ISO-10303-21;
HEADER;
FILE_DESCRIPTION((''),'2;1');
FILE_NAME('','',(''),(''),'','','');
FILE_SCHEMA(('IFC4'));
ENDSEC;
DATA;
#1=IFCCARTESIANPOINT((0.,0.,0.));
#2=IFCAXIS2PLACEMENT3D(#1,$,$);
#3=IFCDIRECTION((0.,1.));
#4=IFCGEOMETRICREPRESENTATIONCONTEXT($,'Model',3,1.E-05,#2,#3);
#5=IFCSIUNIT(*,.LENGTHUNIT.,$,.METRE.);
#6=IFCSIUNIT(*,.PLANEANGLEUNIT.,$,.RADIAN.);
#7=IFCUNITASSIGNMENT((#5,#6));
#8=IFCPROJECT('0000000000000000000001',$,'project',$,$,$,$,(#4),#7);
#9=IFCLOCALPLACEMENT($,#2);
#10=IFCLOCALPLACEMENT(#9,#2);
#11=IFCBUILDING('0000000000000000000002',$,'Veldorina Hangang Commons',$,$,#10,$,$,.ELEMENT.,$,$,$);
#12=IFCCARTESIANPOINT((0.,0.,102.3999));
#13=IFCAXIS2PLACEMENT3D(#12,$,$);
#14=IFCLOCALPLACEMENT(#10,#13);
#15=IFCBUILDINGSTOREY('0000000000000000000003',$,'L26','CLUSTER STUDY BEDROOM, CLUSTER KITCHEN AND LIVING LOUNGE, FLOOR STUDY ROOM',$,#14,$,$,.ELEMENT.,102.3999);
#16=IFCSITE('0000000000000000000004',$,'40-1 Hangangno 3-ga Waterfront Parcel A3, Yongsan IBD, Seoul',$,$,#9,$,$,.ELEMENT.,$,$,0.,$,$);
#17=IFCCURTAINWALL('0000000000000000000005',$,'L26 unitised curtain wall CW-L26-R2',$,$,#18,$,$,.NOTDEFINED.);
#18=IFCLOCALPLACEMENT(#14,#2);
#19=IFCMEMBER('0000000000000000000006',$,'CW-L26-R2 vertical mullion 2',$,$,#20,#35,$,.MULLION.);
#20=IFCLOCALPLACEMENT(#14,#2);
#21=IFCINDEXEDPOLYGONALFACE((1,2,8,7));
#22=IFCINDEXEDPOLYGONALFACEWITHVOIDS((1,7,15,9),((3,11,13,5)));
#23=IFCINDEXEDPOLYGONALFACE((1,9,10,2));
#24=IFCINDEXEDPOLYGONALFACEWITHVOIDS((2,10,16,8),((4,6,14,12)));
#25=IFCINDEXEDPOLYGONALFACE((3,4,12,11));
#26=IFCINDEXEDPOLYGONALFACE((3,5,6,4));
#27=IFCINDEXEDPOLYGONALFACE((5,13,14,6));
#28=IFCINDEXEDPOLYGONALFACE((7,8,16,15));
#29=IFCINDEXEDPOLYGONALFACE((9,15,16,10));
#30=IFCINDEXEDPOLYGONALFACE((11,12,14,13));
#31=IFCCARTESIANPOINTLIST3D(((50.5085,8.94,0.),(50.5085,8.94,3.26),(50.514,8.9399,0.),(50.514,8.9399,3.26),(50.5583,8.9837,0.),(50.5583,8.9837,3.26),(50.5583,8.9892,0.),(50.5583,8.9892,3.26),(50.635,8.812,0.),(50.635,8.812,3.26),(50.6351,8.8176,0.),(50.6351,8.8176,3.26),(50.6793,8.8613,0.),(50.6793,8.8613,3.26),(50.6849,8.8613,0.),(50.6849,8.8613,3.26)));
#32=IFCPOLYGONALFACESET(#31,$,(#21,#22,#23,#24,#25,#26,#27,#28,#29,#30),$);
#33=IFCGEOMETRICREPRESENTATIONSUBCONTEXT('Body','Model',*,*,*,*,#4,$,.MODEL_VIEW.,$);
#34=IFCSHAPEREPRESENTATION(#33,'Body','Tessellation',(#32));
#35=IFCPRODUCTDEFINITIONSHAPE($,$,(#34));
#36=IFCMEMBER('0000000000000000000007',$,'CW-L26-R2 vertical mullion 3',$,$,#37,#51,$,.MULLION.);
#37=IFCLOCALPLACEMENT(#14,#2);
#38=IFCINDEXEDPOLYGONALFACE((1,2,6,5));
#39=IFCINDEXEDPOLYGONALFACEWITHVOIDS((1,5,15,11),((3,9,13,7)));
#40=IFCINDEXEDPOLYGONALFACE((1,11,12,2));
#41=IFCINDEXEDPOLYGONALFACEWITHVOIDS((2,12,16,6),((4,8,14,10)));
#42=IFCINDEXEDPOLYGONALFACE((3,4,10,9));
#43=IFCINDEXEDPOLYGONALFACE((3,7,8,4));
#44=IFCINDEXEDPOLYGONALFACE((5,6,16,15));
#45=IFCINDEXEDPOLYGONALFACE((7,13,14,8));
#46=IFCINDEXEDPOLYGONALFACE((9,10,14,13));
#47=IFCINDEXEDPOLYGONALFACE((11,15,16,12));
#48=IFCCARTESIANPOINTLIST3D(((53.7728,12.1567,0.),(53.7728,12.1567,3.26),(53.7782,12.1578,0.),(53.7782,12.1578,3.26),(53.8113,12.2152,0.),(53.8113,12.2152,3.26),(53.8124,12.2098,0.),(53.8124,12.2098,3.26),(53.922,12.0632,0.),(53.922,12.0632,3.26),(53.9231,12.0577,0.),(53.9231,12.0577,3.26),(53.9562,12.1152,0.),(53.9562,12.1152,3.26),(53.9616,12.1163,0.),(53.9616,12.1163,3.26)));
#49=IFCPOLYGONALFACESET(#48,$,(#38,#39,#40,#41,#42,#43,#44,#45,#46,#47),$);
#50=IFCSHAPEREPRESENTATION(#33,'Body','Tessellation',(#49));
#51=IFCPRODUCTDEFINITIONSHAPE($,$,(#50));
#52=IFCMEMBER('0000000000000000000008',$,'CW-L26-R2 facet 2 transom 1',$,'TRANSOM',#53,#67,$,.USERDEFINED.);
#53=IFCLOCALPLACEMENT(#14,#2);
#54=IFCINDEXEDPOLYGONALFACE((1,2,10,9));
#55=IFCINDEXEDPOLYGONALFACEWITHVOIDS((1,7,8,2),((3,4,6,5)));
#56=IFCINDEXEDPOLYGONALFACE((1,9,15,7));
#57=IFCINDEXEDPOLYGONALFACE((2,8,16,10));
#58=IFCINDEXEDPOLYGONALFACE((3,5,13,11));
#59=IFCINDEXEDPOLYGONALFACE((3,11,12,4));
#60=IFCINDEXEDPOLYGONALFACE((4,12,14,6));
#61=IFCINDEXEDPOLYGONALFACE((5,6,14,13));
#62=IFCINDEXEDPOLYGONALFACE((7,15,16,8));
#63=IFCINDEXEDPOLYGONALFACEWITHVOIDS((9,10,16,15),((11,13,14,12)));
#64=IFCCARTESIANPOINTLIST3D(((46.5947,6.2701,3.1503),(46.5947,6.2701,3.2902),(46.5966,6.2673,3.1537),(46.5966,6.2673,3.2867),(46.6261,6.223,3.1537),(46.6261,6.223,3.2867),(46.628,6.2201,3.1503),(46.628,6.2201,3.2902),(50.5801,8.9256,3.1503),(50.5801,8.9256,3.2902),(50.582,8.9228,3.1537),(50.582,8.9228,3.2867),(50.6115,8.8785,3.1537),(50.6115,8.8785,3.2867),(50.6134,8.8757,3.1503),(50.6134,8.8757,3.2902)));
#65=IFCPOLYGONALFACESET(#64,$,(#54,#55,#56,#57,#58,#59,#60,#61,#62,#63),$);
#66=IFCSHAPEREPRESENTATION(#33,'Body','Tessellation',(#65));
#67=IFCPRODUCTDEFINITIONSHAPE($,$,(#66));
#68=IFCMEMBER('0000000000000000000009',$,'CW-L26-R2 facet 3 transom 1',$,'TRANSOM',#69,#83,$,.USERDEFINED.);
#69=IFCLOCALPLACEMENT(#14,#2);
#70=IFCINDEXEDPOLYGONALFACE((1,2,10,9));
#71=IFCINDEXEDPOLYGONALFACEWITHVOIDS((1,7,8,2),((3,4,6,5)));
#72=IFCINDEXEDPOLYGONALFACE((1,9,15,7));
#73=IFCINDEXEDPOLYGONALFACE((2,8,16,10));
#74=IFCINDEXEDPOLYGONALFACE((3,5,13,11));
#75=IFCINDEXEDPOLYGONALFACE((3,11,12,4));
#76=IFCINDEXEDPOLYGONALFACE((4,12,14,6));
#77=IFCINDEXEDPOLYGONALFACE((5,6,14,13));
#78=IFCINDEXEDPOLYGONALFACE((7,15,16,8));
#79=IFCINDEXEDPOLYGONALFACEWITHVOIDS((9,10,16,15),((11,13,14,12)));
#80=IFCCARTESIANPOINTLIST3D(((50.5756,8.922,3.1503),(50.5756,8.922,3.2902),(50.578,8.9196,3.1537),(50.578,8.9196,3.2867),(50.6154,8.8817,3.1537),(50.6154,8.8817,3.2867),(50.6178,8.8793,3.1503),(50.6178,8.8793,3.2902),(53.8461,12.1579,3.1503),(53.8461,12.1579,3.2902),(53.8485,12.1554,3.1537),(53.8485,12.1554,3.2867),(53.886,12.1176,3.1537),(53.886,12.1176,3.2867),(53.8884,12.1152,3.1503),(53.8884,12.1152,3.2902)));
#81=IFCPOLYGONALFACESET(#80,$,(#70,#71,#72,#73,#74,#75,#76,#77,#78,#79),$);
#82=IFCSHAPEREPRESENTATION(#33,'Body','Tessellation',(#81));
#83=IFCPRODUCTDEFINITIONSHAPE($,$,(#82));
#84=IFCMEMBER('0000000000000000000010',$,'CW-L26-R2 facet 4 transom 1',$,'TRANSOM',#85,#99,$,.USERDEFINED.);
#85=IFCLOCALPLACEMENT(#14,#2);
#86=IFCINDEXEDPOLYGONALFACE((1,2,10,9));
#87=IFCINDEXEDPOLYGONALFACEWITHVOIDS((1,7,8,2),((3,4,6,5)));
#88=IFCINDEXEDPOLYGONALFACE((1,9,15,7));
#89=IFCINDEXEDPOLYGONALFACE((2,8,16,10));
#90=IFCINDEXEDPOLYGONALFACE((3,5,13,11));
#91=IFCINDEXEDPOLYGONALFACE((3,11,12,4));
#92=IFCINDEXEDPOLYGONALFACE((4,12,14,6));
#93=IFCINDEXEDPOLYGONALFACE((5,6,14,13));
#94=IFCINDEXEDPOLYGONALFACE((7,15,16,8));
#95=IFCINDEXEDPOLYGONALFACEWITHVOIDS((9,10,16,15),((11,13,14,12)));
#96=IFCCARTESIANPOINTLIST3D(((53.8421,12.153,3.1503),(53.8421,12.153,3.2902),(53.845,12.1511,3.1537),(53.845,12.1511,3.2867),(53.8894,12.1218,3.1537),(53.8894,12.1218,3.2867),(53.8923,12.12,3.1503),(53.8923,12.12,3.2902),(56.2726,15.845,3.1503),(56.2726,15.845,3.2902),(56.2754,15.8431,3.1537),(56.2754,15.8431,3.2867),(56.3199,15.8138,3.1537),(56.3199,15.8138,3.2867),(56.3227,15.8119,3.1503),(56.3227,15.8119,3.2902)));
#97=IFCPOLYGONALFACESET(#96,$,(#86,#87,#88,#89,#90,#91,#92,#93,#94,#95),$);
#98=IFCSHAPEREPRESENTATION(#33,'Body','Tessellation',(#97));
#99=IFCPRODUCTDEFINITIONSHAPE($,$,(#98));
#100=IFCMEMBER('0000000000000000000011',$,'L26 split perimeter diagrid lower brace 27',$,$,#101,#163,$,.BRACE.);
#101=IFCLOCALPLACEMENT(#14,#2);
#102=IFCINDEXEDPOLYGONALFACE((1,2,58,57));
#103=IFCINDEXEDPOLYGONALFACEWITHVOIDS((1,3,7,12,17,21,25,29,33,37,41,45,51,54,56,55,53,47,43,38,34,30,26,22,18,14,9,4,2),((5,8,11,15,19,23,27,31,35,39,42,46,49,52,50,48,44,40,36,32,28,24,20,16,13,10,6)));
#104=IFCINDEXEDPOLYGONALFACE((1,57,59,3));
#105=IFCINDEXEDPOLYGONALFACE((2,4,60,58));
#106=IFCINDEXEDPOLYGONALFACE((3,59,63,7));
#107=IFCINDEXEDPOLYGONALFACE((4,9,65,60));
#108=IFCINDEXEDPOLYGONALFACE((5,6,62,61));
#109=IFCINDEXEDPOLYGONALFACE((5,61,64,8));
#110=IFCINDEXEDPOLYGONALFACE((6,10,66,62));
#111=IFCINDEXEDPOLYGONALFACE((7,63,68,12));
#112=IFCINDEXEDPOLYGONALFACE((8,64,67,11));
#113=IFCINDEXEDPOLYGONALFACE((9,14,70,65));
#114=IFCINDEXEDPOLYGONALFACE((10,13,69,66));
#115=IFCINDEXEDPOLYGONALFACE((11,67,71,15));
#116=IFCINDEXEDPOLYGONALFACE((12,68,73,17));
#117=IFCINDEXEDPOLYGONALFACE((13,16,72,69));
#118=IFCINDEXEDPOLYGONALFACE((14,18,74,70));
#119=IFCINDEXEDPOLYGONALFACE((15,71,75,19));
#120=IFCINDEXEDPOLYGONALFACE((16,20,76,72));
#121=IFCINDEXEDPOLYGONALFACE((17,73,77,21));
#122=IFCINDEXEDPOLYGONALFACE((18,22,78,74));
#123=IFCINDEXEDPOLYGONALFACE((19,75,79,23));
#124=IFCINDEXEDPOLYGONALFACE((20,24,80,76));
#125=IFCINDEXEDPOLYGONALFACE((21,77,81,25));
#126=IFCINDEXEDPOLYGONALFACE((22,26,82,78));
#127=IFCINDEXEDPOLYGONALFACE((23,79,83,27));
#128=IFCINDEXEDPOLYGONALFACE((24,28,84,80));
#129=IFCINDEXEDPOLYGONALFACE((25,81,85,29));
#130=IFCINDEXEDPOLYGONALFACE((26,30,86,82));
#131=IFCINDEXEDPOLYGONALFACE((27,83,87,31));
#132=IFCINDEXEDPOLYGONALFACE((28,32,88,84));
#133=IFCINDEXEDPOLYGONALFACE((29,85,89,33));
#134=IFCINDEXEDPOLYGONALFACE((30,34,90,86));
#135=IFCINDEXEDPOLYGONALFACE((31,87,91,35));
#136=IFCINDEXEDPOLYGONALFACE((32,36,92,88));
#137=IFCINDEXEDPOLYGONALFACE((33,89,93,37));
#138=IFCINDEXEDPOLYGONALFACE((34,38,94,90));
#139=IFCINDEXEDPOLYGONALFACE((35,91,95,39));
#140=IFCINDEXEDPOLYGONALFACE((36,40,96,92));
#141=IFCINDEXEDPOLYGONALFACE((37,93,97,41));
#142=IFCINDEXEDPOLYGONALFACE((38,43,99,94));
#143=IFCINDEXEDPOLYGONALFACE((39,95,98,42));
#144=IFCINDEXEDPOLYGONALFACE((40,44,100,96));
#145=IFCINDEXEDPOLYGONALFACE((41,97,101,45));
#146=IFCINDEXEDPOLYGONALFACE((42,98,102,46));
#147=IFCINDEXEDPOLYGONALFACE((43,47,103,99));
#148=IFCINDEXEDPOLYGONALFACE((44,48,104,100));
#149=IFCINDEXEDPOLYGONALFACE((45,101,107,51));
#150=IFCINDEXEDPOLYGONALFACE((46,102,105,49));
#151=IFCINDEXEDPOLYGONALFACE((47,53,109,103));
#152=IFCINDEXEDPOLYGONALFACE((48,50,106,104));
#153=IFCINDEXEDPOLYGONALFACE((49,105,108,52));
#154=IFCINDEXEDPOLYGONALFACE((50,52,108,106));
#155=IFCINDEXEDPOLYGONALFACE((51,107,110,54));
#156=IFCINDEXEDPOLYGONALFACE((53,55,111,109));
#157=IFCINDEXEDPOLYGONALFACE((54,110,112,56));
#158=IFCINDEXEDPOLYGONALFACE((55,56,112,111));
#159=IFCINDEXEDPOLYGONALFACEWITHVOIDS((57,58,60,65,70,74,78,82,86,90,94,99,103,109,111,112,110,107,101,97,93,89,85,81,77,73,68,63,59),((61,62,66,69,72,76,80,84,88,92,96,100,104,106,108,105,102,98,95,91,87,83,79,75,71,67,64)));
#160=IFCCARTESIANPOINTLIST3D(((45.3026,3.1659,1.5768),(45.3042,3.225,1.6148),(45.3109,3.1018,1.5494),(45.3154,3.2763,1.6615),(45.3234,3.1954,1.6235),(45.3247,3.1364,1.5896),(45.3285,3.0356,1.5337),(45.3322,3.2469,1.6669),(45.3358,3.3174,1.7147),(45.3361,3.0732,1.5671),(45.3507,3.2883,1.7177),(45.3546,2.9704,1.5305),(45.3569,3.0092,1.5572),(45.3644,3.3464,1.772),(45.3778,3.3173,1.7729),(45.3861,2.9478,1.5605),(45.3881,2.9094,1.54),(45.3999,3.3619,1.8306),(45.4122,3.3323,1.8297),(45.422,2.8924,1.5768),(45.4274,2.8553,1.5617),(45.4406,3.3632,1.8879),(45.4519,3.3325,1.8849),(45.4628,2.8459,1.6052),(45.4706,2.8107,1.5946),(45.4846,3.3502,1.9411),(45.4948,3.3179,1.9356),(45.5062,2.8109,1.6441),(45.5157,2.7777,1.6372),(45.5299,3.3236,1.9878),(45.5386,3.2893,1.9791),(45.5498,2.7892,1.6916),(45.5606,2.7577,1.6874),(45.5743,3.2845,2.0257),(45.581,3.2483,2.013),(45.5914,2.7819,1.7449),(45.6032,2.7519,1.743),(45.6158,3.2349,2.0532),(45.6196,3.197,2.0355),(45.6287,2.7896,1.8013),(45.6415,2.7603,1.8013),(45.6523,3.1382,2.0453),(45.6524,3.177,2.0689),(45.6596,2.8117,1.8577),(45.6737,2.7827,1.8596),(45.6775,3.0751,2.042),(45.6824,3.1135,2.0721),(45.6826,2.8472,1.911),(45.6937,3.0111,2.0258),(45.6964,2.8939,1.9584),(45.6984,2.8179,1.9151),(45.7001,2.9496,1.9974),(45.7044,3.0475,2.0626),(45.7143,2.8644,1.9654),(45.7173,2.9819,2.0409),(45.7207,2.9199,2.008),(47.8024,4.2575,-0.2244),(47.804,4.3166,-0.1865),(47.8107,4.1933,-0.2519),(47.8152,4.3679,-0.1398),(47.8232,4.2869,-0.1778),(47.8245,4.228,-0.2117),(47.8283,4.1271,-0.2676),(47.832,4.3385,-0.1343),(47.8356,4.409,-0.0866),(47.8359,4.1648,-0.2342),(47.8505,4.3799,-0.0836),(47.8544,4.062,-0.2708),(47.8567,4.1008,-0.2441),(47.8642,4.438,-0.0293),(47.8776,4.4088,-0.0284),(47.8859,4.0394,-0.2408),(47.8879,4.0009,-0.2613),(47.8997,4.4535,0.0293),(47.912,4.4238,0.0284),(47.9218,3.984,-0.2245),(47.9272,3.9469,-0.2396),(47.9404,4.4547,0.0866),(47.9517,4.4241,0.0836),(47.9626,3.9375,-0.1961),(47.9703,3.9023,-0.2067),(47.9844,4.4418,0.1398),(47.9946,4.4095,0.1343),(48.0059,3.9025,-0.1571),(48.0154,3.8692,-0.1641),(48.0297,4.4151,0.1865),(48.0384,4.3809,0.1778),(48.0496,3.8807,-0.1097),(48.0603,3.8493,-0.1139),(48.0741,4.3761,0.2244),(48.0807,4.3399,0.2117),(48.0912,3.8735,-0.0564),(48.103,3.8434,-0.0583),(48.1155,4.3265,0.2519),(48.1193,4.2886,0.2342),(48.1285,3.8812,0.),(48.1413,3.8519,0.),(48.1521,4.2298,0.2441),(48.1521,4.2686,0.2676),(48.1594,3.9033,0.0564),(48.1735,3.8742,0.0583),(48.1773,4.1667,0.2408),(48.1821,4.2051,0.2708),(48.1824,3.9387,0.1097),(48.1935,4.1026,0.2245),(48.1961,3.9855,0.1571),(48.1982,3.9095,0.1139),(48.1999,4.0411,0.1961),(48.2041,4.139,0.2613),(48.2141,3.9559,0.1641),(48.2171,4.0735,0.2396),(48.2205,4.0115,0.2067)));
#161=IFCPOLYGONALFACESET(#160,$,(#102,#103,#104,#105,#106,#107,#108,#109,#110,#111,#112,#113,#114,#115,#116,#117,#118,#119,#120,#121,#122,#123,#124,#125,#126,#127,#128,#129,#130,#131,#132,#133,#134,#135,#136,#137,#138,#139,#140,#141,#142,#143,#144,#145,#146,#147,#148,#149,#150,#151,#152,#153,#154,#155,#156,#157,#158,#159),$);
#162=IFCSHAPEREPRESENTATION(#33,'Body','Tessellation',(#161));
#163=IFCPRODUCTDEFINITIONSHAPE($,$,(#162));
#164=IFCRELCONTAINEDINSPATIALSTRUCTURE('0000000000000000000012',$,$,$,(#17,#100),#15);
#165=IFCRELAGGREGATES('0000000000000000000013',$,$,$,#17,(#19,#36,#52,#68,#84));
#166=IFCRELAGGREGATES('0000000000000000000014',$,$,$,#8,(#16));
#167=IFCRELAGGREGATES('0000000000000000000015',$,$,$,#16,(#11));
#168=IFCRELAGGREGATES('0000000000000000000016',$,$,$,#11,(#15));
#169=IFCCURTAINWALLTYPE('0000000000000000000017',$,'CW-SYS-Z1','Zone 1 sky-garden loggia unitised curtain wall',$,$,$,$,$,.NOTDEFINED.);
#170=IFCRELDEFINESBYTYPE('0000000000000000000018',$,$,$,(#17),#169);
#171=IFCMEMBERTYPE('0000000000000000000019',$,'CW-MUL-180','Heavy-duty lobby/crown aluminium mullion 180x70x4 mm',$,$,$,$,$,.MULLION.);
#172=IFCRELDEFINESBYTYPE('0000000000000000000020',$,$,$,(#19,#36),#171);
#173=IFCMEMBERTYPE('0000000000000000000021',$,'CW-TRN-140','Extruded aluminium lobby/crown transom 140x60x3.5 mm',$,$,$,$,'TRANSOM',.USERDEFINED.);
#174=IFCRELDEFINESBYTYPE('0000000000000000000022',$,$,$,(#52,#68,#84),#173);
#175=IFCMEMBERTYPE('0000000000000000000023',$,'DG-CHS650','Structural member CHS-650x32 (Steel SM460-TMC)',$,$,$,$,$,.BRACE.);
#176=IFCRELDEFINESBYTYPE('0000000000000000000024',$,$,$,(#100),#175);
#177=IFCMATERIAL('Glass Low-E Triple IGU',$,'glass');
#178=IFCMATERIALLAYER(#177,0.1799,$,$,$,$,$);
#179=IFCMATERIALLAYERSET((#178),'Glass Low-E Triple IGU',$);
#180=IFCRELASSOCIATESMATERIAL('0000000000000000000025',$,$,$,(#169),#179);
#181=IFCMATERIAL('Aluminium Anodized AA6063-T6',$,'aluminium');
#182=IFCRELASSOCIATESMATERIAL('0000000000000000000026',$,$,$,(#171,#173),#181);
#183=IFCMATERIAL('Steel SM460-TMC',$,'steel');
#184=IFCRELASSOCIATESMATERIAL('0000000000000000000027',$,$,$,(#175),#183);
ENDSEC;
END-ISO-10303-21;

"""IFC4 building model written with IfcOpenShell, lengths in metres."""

from ifc_helpers import new_model, si_unit, direction, frame, origin, origin_2d, place, context, subcontext, project, spatial, hollow_rectangle, hollow_circle, extrude, material, layer, layer_set, material_profile, profile_set, type_object, element, aggregate, save


model = new_model("IFC4")

# Units and contexts
model_context = context("Model", 3, precision=1e-05, world=origin(), true_north=direction((0.0, 1.0)))
body_context = subcontext(model_context, "Body", "Model", "MODEL_VIEW")
ifc_project = project(units=[si_unit("LENGTHUNIT", "METRE"), si_unit("PLANEANGLEUNIT", "RADIAN")], contexts=[model_context])

# Site, building, storey
site_placement = place(None, origin())
site = spatial("IfcSite", under=ifc_project, at=site_placement, Name="40-1 Hangangno 3-ga Waterfront Parcel A3, Yongsan IBD, Seoul", CompositionType="ELEMENT", RefElevation=0.0)
building_placement = place(site_placement, origin())
building = spatial("IfcBuilding", under=site, at=building_placement, Name="Veldorina Hangang Commons", CompositionType="ELEMENT")
storey_placement = place(building_placement, frame((0.0, 0.0, 102.3999)))
storey = spatial("IfcBuildingStorey", under=building, at=storey_placement, Name="L26", Description="CLUSTER STUDY BEDROOM, CLUSTER KITCHEN AND LIVING LOUNGE, FLOOR STUDY ROOM", CompositionType="ELEMENT", Elevation=102.3999)

# Curtain wall, members
ifc_material_1 = material(Name="Glass Low-E Triple IGU", Category="glass")
ifc_layer_1 = layer(ifc_material_1, 0.1799)
ifc_layer_set_1 = layer_set([ifc_layer_1], Name="Glass Low-E Triple IGU")
curtain_wall_type = type_object("IfcCurtainWallType", Name="CW-SYS-Z1", Description="Zone 1 sky-garden loggia unitised curtain wall", PredefinedType="NOTDEFINED", material=ifc_layer_set_1)
curtain_wall_placement = place(storey_placement, origin())
curtain_wall = element("IfcCurtainWall", 1, at=curtain_wall_placement, inside=storey, type_object=curtain_wall_type, Name="L26 unitised curtain wall CW-L26-R2", PredefinedType="NOTDEFINED")
ifc_material_2 = material(Name="Aluminium Anodized AA6063-T6", Category="aluminium")
ifc_material_profile_1 = material_profile(ifc_material_2, hollow_rectangle(XDim=0.0701, YDim=0.1799, WallThickness=0.0039, at=origin_2d()), Name="ALU-RHS-180x70x4")
ifc_profile_set_1 = profile_set([ifc_material_profile_1], Name="Aluminium Anodized AA6063-T6")
member_type_1 = type_object("IfcMemberType", Name="CW-MUL-180", Description="Heavy-duty lobby/crown aluminium mullion 180x70x4 mm", PredefinedType="MULLION", material=ifc_profile_set_1)
member_1_placement = place(storey_placement, frame((50.5967, 8.9006, 0.0), z_axis=(0.0, 0.0, 1.0), x_axis=(0.710885, 0.703308, 0.0)))
member_1 = element("IfcMember", 2, at=member_1_placement, type_object=member_type_1, Name="CW-L26-R2 vertical mullion 2", PredefinedType="MULLION", context=body_context, shape_type="SweptSolid", body=[
    extrude(hollow_rectangle(XDim=0.0701, YDim=0.1799, WallThickness=0.0039, at=origin_2d()), origin(), (0.0, 0.0, 1.0), 3.26),
])
member_2_placement = place(storey_placement, frame((53.8672, 12.1365, 0.0), z_axis=(0.0, 0.0, 1.0), x_axis=(0.549869, 0.835251, 0.0)))
member_2 = element("IfcMember", 3, at=member_2_placement, type_object=member_type_1, Name="CW-L26-R2 vertical mullion 3", PredefinedType="MULLION", context=body_context, shape_type="SweptSolid", body=[
    extrude(hollow_rectangle(XDim=0.0701, YDim=0.1799, WallThickness=0.0039, at=origin_2d()), origin(), (0.0, 0.0, 1.0), 3.26),
])
ifc_material_profile_2 = material_profile(ifc_material_2, hollow_rectangle(XDim=0.0601, YDim=0.1399, WallThickness=0.0034, at=origin_2d()), Name="ALU-RHS-140x60x3.5")
ifc_profile_set_2 = profile_set([ifc_material_profile_2], Name="Aluminium Anodized AA6063-T6")
member_type_2 = type_object("IfcMemberType", Name="CW-TRN-140", Description="Extruded aluminium lobby/crown transom 140x60x3.5 mm", ElementType="TRANSOM", PredefinedType="USERDEFINED", material=ifc_profile_set_2)
member_3_placement = place(storey_placement, frame((46.6113, 6.2451, 3.2202), z_axis=(0.832184, 0.5545, 0.0), x_axis=(-0.5545, 0.832184, 0.0)))
member_3 = element("IfcMember", 4, at=member_3_placement, type_object=member_type_2, Name="CW-L26-R2 facet 2 transom 1", ObjectType="TRANSOM", PredefinedType="USERDEFINED", context=body_context, shape_type="SweptSolid", body=[
    extrude(hollow_rectangle(XDim=0.0601, YDim=0.1399, WallThickness=0.0034, at=origin_2d()), origin(), (0.0, 0.0, 1.0), 4.7891),
])
member_4_placement = place(storey_placement, frame((50.5967, 8.9006, 3.2202), z_axis=(0.710864, 0.703329, 0.0), x_axis=(-0.703329, 0.710864, 0.0)))
member_4 = element("IfcMember", 5, at=member_4_placement, type_object=member_type_2, Name="CW-L26-R2 facet 3 transom 1", ObjectType="TRANSOM", PredefinedType="USERDEFINED", context=body_context, shape_type="SweptSolid", body=[
    extrude(hollow_rectangle(XDim=0.0601, YDim=0.1399, WallThickness=0.0034, at=origin_2d()), origin(), (0.0, 0.0, 1.0), 4.6008),
])
member_5_placement = place(storey_placement, frame((53.8672, 12.1365, 3.2202), z_axis=(0.54986, 0.835257, 0.0), x_axis=(-0.835257, 0.54986, 0.0)))
member_5 = element("IfcMember", 6, at=member_5_placement, type_object=member_type_2, Name="CW-L26-R2 facet 4 transom 1", ObjectType="TRANSOM", PredefinedType="USERDEFINED", context=body_context, shape_type="SweptSolid", body=[
    extrude(hollow_rectangle(XDim=0.0601, YDim=0.1399, WallThickness=0.0034, at=origin_2d()), origin(), (0.0, 0.0, 1.0), 4.4202),
])

# Member
ifc_material_3 = material(Name="Steel SM460-TMC", Category="steel")
ifc_material_profile_3 = material_profile(ifc_material_3, hollow_circle(Radius=0.325, WallThickness=0.032, at=origin_2d()), Name="CHS-650x32")
ifc_profile_set_3 = profile_set([ifc_material_profile_3], Name="Steel SM460-TMC")
member_type_3 = type_object("IfcMemberType", Name="DG-CHS650", Description="Structural member CHS-650x32 (Steel SM460-TMC)", PredefinedType="BRACE", material=ifc_profile_set_3)
member_6_placement = place(storey_placement, frame((48.0112, 4.1497, 0.0), z_axis=(-0.76474, -0.333934, 0.551055), x_axis=(0.400175, -0.916439, 0.0)))
element("IfcMember", 7, at=member_6_placement, inside=storey, type_object=member_type_3, Name="L26 split perimeter diagrid lower brace 27", PredefinedType="BRACE", context=body_context, shape_type="SweptSolid", body=[
    extrude(hollow_circle(Radius=0.325, WallThickness=0.032, at=origin_2d()), origin(), (0.0, 0.0, 1.0), 3.2688),
])

aggregate(curtain_wall, [member_1, member_2, member_3, member_4, member_5])

save(model, "model.ifc")
